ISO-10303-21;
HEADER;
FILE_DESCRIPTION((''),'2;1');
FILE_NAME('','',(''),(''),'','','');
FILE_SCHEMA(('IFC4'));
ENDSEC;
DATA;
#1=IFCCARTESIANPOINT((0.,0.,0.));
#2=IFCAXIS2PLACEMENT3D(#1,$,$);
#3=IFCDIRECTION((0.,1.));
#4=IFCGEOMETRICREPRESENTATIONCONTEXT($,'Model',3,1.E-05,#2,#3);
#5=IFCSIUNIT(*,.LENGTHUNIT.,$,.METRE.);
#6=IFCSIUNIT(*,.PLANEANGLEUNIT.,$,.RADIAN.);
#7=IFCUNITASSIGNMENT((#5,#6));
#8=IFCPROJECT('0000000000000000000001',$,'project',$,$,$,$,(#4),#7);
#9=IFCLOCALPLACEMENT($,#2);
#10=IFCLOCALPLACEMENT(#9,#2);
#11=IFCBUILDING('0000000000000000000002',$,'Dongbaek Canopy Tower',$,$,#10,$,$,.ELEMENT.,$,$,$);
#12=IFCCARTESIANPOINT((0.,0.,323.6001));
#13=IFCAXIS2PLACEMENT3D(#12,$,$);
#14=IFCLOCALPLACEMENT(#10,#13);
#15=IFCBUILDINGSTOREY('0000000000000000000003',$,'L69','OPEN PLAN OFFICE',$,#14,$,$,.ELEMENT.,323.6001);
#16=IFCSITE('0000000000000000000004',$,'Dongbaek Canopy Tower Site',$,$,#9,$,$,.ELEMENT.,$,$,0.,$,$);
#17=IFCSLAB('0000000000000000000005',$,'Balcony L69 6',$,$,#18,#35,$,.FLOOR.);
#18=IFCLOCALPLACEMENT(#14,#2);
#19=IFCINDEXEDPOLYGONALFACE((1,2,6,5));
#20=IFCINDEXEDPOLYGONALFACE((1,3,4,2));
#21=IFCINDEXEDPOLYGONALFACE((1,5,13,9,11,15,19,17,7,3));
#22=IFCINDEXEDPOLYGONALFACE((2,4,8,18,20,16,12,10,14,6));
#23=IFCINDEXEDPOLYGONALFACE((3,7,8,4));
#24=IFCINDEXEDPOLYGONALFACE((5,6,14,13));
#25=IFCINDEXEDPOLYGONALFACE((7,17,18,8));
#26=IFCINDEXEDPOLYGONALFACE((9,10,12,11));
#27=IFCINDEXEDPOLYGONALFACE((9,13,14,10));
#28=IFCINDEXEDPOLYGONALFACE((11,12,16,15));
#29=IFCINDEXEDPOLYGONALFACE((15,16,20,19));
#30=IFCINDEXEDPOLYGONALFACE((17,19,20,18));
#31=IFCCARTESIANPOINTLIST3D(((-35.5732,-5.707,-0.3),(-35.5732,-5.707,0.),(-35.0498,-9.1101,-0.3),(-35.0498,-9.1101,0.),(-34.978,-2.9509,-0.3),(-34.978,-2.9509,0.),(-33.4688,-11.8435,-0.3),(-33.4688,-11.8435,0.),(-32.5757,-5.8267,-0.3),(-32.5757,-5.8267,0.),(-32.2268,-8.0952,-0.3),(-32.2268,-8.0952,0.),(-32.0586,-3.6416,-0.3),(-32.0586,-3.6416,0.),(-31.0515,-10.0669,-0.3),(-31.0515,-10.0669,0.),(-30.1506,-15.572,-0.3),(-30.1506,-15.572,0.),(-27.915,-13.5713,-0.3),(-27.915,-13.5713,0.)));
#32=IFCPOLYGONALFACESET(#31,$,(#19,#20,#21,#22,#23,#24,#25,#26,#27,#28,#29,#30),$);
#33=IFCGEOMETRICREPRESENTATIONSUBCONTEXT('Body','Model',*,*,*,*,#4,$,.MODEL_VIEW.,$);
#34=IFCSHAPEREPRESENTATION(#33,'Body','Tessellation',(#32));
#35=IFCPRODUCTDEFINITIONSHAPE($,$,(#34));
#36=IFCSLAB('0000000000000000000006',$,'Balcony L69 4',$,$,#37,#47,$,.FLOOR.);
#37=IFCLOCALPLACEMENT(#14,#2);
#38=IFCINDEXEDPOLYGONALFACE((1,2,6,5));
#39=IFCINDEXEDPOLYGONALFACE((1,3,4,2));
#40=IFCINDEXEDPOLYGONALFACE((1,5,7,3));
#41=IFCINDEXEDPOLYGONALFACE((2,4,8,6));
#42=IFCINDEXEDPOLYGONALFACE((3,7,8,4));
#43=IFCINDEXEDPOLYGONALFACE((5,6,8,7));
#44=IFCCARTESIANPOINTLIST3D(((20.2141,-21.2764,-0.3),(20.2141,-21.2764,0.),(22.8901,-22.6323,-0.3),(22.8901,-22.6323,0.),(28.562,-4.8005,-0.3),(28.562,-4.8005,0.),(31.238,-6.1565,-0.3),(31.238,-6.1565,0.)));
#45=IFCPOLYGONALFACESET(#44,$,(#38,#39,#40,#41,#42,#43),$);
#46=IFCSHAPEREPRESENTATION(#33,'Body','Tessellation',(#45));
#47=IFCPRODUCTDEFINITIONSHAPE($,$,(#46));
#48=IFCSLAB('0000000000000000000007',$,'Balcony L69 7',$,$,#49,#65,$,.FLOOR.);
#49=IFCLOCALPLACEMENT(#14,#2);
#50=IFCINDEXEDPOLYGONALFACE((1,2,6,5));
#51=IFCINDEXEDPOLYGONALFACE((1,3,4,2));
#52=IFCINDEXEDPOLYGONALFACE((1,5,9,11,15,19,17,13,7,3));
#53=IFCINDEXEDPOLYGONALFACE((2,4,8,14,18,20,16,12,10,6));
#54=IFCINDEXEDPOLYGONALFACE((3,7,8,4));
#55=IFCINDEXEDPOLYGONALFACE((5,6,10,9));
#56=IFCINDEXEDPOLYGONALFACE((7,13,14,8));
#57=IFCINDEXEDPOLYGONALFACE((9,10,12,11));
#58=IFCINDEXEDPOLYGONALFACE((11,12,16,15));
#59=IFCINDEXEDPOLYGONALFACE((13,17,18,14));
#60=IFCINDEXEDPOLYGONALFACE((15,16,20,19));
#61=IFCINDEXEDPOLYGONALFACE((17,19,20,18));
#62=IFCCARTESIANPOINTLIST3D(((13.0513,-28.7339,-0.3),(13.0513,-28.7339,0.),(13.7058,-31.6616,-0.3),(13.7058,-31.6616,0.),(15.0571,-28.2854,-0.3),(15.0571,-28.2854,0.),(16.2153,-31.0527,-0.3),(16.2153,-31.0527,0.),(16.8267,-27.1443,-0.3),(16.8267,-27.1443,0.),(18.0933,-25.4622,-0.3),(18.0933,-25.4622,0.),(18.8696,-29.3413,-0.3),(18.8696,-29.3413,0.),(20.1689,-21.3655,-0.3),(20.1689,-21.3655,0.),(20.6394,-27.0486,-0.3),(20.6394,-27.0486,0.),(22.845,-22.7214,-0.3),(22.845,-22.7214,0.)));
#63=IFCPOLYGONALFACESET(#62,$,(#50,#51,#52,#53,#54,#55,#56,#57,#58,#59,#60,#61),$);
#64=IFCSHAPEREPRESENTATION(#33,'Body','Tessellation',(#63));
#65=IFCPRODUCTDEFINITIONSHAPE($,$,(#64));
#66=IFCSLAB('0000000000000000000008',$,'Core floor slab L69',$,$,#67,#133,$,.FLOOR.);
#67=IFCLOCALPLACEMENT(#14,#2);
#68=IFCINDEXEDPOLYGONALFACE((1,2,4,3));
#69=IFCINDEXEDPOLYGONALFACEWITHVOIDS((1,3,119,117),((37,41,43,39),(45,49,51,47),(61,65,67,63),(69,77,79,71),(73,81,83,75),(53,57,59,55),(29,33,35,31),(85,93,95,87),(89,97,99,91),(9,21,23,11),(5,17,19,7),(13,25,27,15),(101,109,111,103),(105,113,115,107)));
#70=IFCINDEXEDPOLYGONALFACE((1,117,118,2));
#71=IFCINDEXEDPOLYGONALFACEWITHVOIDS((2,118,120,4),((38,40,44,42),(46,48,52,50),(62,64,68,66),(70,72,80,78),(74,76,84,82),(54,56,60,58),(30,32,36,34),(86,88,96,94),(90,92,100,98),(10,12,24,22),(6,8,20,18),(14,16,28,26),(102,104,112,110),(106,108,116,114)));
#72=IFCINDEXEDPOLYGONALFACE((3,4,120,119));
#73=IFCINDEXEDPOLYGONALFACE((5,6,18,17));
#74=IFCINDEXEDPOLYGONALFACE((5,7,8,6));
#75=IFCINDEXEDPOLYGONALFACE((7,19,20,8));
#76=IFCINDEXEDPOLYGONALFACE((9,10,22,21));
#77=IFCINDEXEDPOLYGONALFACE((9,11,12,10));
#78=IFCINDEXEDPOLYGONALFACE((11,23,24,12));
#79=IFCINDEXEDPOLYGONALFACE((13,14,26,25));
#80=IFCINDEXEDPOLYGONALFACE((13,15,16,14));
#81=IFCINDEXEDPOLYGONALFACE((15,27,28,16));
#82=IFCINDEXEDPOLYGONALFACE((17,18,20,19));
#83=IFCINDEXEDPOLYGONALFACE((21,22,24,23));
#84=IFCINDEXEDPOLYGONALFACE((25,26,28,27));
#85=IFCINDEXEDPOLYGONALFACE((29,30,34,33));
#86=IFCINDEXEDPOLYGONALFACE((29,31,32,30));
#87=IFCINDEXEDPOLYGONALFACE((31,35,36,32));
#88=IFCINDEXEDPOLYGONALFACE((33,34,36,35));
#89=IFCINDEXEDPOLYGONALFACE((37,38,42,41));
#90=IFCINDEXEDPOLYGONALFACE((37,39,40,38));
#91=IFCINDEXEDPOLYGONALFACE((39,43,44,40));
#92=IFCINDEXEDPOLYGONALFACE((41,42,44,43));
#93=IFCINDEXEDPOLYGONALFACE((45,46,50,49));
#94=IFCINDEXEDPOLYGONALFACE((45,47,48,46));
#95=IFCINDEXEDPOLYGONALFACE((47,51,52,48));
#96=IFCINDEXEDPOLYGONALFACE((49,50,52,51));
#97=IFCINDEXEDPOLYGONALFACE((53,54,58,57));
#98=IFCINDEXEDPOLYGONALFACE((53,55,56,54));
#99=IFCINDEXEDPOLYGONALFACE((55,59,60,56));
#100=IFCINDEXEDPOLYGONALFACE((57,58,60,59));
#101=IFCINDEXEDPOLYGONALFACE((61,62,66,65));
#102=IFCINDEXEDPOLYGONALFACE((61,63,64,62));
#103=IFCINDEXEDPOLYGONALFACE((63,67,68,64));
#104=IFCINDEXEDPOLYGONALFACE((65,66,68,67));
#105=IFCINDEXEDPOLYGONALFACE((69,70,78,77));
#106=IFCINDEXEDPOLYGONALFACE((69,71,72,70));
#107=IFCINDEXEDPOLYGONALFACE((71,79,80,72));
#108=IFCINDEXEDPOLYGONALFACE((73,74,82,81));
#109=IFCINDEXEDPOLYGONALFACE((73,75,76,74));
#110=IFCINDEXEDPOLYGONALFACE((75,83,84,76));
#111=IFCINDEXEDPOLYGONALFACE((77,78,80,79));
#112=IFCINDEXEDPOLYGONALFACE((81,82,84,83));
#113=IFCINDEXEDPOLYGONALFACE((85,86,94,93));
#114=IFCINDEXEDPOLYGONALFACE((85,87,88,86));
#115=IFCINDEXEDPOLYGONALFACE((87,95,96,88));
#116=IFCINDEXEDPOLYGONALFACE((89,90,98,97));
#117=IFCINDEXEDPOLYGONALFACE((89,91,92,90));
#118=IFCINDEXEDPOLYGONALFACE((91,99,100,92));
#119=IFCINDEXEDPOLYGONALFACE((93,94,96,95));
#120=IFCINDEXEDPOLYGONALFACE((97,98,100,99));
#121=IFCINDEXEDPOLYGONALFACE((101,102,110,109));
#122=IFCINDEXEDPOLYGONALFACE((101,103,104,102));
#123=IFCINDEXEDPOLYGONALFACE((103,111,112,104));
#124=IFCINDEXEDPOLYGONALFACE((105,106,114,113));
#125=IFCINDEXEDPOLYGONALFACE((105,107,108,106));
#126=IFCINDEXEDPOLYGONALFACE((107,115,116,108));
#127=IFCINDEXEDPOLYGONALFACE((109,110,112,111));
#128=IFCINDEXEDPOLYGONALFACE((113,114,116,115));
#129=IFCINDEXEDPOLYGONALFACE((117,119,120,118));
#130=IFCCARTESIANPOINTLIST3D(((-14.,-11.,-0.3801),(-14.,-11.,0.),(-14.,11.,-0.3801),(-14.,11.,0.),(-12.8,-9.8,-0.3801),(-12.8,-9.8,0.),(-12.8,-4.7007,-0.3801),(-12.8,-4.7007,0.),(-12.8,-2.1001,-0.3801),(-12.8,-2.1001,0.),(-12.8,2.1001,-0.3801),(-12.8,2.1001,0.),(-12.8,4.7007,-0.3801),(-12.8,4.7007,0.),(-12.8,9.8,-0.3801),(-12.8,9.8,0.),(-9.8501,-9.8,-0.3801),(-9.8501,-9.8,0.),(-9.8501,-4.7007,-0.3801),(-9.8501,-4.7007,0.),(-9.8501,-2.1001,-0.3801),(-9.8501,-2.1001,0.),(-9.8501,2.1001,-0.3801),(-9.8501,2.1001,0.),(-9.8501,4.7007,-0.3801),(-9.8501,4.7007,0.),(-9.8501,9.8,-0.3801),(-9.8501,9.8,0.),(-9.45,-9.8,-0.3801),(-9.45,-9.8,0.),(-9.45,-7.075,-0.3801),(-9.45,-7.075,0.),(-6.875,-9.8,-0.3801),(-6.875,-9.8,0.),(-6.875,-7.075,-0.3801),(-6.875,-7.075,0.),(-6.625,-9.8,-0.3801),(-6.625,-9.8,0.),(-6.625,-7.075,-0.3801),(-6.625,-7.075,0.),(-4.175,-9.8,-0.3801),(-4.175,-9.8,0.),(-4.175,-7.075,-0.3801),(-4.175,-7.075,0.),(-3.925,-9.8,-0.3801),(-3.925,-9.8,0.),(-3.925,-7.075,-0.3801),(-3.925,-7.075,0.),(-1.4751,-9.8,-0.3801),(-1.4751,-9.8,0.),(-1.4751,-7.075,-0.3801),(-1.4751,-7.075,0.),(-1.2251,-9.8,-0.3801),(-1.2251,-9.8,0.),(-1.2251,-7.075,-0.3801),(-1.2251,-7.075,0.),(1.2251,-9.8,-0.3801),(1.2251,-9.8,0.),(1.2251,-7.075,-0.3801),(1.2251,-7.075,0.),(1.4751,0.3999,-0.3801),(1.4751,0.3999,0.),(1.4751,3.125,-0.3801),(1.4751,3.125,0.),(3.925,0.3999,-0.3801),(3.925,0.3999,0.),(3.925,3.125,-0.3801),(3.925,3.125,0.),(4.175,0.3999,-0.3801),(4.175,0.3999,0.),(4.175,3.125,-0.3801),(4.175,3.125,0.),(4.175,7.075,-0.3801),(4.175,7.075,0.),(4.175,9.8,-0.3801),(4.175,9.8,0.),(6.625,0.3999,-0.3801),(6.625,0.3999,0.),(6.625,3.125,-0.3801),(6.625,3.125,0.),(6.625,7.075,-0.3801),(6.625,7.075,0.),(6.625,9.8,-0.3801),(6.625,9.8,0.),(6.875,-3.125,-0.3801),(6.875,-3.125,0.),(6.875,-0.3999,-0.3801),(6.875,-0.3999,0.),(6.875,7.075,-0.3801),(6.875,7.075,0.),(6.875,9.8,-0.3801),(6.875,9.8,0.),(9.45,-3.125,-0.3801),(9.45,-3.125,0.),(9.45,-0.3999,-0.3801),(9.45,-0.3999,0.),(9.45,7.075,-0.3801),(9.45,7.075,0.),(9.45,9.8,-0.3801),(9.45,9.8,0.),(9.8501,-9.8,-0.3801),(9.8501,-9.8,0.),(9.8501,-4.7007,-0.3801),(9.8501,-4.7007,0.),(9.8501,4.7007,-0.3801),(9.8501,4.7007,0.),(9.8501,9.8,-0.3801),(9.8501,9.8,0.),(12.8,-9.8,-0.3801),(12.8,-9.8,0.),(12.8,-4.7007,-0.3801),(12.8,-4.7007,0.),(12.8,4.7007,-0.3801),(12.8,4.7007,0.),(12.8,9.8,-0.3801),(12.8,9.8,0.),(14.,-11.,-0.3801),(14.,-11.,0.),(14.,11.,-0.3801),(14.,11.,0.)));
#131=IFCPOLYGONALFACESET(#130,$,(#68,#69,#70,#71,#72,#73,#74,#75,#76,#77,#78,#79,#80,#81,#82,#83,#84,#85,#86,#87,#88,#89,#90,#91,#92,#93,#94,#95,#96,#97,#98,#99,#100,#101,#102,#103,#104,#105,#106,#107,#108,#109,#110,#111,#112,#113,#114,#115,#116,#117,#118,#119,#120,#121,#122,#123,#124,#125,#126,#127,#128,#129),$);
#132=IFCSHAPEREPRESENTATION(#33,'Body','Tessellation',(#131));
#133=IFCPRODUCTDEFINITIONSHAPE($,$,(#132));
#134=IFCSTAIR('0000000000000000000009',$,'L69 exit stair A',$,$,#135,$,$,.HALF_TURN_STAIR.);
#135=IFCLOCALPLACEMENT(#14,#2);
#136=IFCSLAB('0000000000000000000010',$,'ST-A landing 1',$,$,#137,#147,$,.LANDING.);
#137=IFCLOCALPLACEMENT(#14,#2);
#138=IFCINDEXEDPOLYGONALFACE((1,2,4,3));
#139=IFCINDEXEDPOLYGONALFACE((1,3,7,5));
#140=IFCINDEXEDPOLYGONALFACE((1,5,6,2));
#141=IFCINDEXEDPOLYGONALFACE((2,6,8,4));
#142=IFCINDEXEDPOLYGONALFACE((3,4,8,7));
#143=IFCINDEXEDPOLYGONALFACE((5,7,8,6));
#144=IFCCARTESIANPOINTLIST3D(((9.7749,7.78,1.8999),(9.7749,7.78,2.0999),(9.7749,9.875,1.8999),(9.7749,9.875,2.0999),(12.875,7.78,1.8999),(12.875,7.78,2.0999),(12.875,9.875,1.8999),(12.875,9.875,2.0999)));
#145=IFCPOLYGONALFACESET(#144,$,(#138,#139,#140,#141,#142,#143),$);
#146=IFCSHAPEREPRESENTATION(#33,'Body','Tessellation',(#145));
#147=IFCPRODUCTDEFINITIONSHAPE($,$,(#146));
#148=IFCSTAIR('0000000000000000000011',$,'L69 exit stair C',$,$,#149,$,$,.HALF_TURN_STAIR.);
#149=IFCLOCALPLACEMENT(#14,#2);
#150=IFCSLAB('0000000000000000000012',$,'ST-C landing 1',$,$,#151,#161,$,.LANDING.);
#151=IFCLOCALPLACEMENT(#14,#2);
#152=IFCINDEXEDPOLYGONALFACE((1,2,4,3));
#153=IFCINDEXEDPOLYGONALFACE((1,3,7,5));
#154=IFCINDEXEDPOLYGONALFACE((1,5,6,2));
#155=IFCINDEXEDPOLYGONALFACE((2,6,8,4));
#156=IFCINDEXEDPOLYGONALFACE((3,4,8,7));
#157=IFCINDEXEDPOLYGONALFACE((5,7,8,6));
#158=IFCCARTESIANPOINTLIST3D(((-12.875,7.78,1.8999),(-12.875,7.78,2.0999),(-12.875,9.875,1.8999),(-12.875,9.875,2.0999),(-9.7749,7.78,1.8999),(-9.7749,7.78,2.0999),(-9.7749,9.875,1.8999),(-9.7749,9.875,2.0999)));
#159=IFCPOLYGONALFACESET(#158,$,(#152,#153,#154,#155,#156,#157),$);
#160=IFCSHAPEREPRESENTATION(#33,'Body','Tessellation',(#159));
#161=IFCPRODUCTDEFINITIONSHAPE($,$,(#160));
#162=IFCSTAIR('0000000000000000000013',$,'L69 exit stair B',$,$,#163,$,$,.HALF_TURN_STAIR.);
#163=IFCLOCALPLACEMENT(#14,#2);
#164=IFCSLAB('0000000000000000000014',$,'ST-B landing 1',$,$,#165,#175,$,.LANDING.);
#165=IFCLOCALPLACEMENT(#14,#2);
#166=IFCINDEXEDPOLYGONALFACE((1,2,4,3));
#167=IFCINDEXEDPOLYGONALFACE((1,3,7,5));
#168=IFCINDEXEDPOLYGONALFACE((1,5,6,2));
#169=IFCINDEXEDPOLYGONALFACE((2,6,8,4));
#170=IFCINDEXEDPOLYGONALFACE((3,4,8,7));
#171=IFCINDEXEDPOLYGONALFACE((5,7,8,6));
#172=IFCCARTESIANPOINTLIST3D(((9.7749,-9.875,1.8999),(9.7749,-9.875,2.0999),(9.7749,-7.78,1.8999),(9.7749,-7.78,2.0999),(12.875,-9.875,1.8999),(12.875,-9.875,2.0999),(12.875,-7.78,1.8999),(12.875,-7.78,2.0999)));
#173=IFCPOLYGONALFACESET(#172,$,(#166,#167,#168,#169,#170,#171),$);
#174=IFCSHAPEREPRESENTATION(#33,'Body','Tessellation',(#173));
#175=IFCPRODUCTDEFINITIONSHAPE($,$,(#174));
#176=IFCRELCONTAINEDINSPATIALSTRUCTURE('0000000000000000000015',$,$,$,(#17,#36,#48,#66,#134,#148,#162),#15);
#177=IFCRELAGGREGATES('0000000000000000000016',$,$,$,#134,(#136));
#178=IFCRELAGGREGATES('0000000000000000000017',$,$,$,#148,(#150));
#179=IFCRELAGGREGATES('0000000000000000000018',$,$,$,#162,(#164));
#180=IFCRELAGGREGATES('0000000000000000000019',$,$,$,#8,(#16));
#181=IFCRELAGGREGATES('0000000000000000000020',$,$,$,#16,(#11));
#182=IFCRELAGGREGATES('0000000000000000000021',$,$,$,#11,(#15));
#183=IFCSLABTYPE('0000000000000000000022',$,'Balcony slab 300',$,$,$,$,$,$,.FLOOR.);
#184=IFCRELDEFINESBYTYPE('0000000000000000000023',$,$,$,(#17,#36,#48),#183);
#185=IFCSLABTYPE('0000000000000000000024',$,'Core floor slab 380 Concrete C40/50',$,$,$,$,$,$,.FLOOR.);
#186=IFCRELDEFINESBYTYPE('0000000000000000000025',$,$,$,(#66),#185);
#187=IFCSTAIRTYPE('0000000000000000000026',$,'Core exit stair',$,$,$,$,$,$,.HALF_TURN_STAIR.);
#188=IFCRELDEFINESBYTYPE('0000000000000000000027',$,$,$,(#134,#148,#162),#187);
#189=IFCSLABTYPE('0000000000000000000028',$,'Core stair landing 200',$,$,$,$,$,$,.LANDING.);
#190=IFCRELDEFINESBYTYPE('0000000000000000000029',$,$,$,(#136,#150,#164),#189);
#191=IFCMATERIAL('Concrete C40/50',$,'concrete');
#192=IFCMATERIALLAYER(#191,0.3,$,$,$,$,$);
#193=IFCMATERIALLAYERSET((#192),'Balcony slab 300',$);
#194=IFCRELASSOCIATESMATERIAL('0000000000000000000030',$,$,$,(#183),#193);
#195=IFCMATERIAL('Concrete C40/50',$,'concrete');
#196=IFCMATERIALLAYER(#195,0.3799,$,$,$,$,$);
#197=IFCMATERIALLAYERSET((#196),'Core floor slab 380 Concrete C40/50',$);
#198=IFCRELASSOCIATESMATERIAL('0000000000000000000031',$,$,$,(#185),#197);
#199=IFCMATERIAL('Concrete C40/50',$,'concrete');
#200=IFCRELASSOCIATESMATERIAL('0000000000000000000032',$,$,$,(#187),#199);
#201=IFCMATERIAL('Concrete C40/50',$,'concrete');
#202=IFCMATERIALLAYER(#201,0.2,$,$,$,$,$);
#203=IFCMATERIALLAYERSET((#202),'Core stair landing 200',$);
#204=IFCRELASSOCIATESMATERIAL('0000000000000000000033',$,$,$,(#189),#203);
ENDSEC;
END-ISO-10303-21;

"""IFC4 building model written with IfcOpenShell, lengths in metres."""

from ifc_helpers import new_model, si_unit, direction, frame, origin, place, context, subcontext, project, spatial, polyline, outline, extrude, material, layer, layer_set, type_object, element, aggregate, save


model = new_model("IFC4")

# Units and contexts
model_context = context("Model", 3, precision=1e-05, world=origin(), true_north=direction((0.0, 1.0)))
body_context = subcontext(model_context, "Body", "Model", "MODEL_VIEW")
ifc_project = project(units=[si_unit("LENGTHUNIT", "METRE"), si_unit("PLANEANGLEUNIT", "RADIAN")], contexts=[model_context])

# Site, building, storey
site_placement = place(None, origin())
site = spatial("IfcSite", under=ifc_project, at=site_placement, Name="Dongbaek Canopy Tower Site", CompositionType="ELEMENT", RefElevation=0.0)
building_placement = place(site_placement, origin())
building = spatial("IfcBuilding", under=site, at=building_placement, Name="Dongbaek Canopy Tower", CompositionType="ELEMENT")
storey_placement = place(building_placement, frame((0.0, 0.0, 323.6001)))
storey = spatial("IfcBuildingStorey", under=building, at=storey_placement, Name="L69", Description="OPEN PLAN OFFICE", CompositionType="ELEMENT", Elevation=323.6001)

# Slabs
ifc_material_1 = material(Name="Concrete C40/50", Category="concrete")
ifc_layer_1 = layer(ifc_material_1, 0.3)
ifc_layer_set_1 = layer_set([ifc_layer_1], Name="Balcony slab 300")
slab_type_1 = type_object("IfcSlabType", Name="Balcony slab 300", PredefinedType="FLOOR", material=ifc_layer_set_1)
slab_1_placement = place(storey_placement, frame((0.0, 0.0, -0.3)))
element("IfcSlab", 1, at=slab_1_placement, inside=storey, type_object=slab_type_1, Name="Balcony L69 6", PredefinedType="FLOOR", context=body_context, shape_type="SweptSolid", body=[
    extrude(outline(polyline([(-32.0586, -3.6416), (-32.5757, -5.8267), (-32.2268, -8.0952), (-31.0515, -10.0669), (-27.915, -13.5713), (-30.1506, -15.572), (-33.4688, -11.8435), (-35.0498, -9.1101), (-35.5732, -5.707), (-34.978, -2.9509), (-32.0586, -3.6416)])), origin(), (0.0, 0.0, 1.0), 0.3),
])
slab_2_placement = place(storey_placement, frame((0.0, 0.0, -0.3)))
element("IfcSlab", 2, at=slab_2_placement, inside=storey, type_object=slab_type_1, Name="Balcony L69 4", PredefinedType="FLOOR", context=body_context, shape_type="SweptSolid", body=[
    extrude(outline(polyline([(20.2141, -21.2764), (28.562, -4.8005), (31.238, -6.1565), (22.8901, -22.6323), (20.2141, -21.2764)])), origin(), (0.0, 0.0, 1.0), 0.3),
])
slab_3_placement = place(storey_placement, frame((0.0, 0.0, -0.3)))
element("IfcSlab", 3, at=slab_3_placement, inside=storey, type_object=slab_type_1, Name="Balcony L69 7", PredefinedType="FLOOR", context=body_context, shape_type="SweptSolid", body=[
    extrude(outline(polyline([(13.0513, -28.7339), (15.0571, -28.2854), (16.8267, -27.1443), (18.0933, -25.4622), (20.1689, -21.3655), (22.845, -22.7214), (20.6394, -27.0486), (18.8696, -29.3413), (16.2153, -31.0527), (13.7058, -31.6616), (13.0513, -28.7339)])), origin(), (0.0, 0.0, 1.0), 0.3),
])
ifc_material_2 = material(Name="Concrete C40/50", Category="concrete")
ifc_layer_2 = layer(ifc_material_2, 0.3799)
ifc_layer_set_2 = layer_set([ifc_layer_2], Name="Core floor slab 380 Concrete C40/50")
slab_type_2 = type_object("IfcSlabType", Name="Core floor slab 380 Concrete C40/50", PredefinedType="FLOOR", material=ifc_layer_set_2)
slab_4_placement = place(storey_placement, frame((0.0, 0.0, -0.3801)))
element("IfcSlab", 4, at=slab_4_placement, inside=storey, type_object=slab_type_2, Name="Core floor slab L69", PredefinedType="FLOOR", context=body_context, shape_type="SweptSolid", body=[
    extrude(outline(polyline([(14.0, -11.0), (14.0, 11.0), (-14.0, 11.0), (-14.0, -11.0), (14.0, -11.0)]), holes=[polyline([(-12.8, 2.1001), (-9.8501, 2.1001), (-9.8501, -2.1001), (-12.8, -2.1001), (-12.8, 2.1001)]), polyline([(6.625, 9.8), (6.625, 7.075), (4.175, 7.075), (4.175, 9.8), (6.625, 9.8)]), polyline([(9.45, 7.075), (6.875, 7.075), (6.875, 9.8), (9.45, 9.8), (9.45, 7.075)]), polyline([(1.4751, 0.3999), (1.4751, 3.125), (3.925, 3.125), (3.925, 0.3999), (1.4751, 0.3999)]), polyline([(4.175, 0.3999), (4.175, 3.125), (6.625, 3.125), (6.625, 0.3999), (4.175, 0.3999)]), polyline([(9.45, -3.125), (6.875, -3.125), (6.875, -0.3999), (9.45, -0.3999), (9.45, -3.125)]), polyline([(-9.45, -7.075), (-6.875, -7.075), (-6.875, -9.8), (-9.45, -9.8), (-9.45, -7.075)]), polyline([(-6.625, -9.8), (-6.625, -7.075), (-4.175, -7.075), (-4.175, -9.8), (-6.625, -9.8)]), polyline([(-3.925, -9.8), (-3.925, -7.075), (-1.4751, -7.075), (-1.4751, -9.8), (-3.925, -9.8)]), polyline([(-1.2251, -9.8), (-1.2251, -7.075), (1.2251, -7.075), (1.2251, -9.8), (-1.2251, -9.8)]), polyline([(12.8, 4.7007), (12.8, 9.8), (9.8501, 9.8), (9.8501, 4.7007), (12.8, 4.7007)]), polyline([(-9.8501, 4.7007), (-9.8501, 9.8), (-12.8, 9.8), (-12.8, 4.7007), (-9.8501, 4.7007)]), polyline([(9.8501, -4.7007), (9.8501, -9.8), (12.8, -9.8), (12.8, -4.7007), (9.8501, -4.7007)]), polyline([(-12.8, -4.7007), (-12.8, -9.8), (-9.8501, -9.8), (-9.8501, -4.7007), (-12.8, -4.7007)])]), origin(), (0.0, 0.0, 1.0), 0.3801),
])

# Stairs, slabs
ifc_material_3 = material(Name="Concrete C40/50", Category="concrete")
stair_type = type_object("IfcStairType", Name="Core exit stair", PredefinedType="HALF_TURN_STAIR", material=ifc_material_3)
stair_1_placement = place(storey_placement, origin())
stair_1 = element("IfcStair", 5, at=stair_1_placement, inside=storey, type_object=stair_type, Name="L69 exit stair A", PredefinedType="HALF_TURN_STAIR")
ifc_material_4 = material(Name="Concrete C40/50", Category="concrete")
ifc_layer_3 = layer(ifc_material_4, 0.2)
ifc_layer_set_3 = layer_set([ifc_layer_3], Name="Core stair landing 200")
slab_type_3 = type_object("IfcSlabType", Name="Core stair landing 200", PredefinedType="LANDING", material=ifc_layer_set_3)
slab_5_placement = place(storey_placement, frame((0.0, 0.0, 1.8999)))
slab_5 = element("IfcSlab", 6, at=slab_5_placement, type_object=slab_type_3, Name="ST-A landing 1", PredefinedType="LANDING", context=body_context, shape_type="SweptSolid", body=[
    extrude(outline(polyline([(12.875, 7.78), (12.875, 9.875), (9.7749, 9.875), (9.7749, 7.78), (12.875, 7.78)])), origin(), (0.0, 0.0, 1.0), 0.2),
])
aggregate(stair_1, [slab_5])
stair_2_placement = place(storey_placement, origin())
stair_2 = element("IfcStair", 7, at=stair_2_placement, inside=storey, type_object=stair_type, Name="L69 exit stair C", PredefinedType="HALF_TURN_STAIR")
slab_6_placement = place(storey_placement, frame((0.0, 0.0, 1.8999)))
slab_6 = element("IfcSlab", 8, at=slab_6_placement, type_object=slab_type_3, Name="ST-C landing 1", PredefinedType="LANDING", context=body_context, shape_type="SweptSolid", body=[
    extrude(outline(polyline([(-9.7749, 7.78), (-9.7749, 9.875), (-12.875, 9.875), (-12.875, 7.78), (-9.7749, 7.78)])), origin(), (0.0, 0.0, 1.0), 0.2),
])
aggregate(stair_2, [slab_6])
stair_3_placement = place(storey_placement, origin())
stair_3 = element("IfcStair", 9, at=stair_3_placement, inside=storey, type_object=stair_type, Name="L69 exit stair B", PredefinedType="HALF_TURN_STAIR")
slab_7_placement = place(storey_placement, frame((0.0, 0.0, 1.8999)))
slab_7 = element("IfcSlab", 10, at=slab_7_placement, type_object=slab_type_3, Name="ST-B landing 1", PredefinedType="LANDING", context=body_context, shape_type="SweptSolid", body=[
    extrude(outline(polyline([(9.7749, -7.78), (9.7749, -9.875), (12.875, -9.875), (12.875, -7.78), (9.7749, -7.78)])), origin(), (0.0, 0.0, 1.0), 0.2),
])

aggregate(stair_3, [slab_7])

save(model, "model.ifc")
